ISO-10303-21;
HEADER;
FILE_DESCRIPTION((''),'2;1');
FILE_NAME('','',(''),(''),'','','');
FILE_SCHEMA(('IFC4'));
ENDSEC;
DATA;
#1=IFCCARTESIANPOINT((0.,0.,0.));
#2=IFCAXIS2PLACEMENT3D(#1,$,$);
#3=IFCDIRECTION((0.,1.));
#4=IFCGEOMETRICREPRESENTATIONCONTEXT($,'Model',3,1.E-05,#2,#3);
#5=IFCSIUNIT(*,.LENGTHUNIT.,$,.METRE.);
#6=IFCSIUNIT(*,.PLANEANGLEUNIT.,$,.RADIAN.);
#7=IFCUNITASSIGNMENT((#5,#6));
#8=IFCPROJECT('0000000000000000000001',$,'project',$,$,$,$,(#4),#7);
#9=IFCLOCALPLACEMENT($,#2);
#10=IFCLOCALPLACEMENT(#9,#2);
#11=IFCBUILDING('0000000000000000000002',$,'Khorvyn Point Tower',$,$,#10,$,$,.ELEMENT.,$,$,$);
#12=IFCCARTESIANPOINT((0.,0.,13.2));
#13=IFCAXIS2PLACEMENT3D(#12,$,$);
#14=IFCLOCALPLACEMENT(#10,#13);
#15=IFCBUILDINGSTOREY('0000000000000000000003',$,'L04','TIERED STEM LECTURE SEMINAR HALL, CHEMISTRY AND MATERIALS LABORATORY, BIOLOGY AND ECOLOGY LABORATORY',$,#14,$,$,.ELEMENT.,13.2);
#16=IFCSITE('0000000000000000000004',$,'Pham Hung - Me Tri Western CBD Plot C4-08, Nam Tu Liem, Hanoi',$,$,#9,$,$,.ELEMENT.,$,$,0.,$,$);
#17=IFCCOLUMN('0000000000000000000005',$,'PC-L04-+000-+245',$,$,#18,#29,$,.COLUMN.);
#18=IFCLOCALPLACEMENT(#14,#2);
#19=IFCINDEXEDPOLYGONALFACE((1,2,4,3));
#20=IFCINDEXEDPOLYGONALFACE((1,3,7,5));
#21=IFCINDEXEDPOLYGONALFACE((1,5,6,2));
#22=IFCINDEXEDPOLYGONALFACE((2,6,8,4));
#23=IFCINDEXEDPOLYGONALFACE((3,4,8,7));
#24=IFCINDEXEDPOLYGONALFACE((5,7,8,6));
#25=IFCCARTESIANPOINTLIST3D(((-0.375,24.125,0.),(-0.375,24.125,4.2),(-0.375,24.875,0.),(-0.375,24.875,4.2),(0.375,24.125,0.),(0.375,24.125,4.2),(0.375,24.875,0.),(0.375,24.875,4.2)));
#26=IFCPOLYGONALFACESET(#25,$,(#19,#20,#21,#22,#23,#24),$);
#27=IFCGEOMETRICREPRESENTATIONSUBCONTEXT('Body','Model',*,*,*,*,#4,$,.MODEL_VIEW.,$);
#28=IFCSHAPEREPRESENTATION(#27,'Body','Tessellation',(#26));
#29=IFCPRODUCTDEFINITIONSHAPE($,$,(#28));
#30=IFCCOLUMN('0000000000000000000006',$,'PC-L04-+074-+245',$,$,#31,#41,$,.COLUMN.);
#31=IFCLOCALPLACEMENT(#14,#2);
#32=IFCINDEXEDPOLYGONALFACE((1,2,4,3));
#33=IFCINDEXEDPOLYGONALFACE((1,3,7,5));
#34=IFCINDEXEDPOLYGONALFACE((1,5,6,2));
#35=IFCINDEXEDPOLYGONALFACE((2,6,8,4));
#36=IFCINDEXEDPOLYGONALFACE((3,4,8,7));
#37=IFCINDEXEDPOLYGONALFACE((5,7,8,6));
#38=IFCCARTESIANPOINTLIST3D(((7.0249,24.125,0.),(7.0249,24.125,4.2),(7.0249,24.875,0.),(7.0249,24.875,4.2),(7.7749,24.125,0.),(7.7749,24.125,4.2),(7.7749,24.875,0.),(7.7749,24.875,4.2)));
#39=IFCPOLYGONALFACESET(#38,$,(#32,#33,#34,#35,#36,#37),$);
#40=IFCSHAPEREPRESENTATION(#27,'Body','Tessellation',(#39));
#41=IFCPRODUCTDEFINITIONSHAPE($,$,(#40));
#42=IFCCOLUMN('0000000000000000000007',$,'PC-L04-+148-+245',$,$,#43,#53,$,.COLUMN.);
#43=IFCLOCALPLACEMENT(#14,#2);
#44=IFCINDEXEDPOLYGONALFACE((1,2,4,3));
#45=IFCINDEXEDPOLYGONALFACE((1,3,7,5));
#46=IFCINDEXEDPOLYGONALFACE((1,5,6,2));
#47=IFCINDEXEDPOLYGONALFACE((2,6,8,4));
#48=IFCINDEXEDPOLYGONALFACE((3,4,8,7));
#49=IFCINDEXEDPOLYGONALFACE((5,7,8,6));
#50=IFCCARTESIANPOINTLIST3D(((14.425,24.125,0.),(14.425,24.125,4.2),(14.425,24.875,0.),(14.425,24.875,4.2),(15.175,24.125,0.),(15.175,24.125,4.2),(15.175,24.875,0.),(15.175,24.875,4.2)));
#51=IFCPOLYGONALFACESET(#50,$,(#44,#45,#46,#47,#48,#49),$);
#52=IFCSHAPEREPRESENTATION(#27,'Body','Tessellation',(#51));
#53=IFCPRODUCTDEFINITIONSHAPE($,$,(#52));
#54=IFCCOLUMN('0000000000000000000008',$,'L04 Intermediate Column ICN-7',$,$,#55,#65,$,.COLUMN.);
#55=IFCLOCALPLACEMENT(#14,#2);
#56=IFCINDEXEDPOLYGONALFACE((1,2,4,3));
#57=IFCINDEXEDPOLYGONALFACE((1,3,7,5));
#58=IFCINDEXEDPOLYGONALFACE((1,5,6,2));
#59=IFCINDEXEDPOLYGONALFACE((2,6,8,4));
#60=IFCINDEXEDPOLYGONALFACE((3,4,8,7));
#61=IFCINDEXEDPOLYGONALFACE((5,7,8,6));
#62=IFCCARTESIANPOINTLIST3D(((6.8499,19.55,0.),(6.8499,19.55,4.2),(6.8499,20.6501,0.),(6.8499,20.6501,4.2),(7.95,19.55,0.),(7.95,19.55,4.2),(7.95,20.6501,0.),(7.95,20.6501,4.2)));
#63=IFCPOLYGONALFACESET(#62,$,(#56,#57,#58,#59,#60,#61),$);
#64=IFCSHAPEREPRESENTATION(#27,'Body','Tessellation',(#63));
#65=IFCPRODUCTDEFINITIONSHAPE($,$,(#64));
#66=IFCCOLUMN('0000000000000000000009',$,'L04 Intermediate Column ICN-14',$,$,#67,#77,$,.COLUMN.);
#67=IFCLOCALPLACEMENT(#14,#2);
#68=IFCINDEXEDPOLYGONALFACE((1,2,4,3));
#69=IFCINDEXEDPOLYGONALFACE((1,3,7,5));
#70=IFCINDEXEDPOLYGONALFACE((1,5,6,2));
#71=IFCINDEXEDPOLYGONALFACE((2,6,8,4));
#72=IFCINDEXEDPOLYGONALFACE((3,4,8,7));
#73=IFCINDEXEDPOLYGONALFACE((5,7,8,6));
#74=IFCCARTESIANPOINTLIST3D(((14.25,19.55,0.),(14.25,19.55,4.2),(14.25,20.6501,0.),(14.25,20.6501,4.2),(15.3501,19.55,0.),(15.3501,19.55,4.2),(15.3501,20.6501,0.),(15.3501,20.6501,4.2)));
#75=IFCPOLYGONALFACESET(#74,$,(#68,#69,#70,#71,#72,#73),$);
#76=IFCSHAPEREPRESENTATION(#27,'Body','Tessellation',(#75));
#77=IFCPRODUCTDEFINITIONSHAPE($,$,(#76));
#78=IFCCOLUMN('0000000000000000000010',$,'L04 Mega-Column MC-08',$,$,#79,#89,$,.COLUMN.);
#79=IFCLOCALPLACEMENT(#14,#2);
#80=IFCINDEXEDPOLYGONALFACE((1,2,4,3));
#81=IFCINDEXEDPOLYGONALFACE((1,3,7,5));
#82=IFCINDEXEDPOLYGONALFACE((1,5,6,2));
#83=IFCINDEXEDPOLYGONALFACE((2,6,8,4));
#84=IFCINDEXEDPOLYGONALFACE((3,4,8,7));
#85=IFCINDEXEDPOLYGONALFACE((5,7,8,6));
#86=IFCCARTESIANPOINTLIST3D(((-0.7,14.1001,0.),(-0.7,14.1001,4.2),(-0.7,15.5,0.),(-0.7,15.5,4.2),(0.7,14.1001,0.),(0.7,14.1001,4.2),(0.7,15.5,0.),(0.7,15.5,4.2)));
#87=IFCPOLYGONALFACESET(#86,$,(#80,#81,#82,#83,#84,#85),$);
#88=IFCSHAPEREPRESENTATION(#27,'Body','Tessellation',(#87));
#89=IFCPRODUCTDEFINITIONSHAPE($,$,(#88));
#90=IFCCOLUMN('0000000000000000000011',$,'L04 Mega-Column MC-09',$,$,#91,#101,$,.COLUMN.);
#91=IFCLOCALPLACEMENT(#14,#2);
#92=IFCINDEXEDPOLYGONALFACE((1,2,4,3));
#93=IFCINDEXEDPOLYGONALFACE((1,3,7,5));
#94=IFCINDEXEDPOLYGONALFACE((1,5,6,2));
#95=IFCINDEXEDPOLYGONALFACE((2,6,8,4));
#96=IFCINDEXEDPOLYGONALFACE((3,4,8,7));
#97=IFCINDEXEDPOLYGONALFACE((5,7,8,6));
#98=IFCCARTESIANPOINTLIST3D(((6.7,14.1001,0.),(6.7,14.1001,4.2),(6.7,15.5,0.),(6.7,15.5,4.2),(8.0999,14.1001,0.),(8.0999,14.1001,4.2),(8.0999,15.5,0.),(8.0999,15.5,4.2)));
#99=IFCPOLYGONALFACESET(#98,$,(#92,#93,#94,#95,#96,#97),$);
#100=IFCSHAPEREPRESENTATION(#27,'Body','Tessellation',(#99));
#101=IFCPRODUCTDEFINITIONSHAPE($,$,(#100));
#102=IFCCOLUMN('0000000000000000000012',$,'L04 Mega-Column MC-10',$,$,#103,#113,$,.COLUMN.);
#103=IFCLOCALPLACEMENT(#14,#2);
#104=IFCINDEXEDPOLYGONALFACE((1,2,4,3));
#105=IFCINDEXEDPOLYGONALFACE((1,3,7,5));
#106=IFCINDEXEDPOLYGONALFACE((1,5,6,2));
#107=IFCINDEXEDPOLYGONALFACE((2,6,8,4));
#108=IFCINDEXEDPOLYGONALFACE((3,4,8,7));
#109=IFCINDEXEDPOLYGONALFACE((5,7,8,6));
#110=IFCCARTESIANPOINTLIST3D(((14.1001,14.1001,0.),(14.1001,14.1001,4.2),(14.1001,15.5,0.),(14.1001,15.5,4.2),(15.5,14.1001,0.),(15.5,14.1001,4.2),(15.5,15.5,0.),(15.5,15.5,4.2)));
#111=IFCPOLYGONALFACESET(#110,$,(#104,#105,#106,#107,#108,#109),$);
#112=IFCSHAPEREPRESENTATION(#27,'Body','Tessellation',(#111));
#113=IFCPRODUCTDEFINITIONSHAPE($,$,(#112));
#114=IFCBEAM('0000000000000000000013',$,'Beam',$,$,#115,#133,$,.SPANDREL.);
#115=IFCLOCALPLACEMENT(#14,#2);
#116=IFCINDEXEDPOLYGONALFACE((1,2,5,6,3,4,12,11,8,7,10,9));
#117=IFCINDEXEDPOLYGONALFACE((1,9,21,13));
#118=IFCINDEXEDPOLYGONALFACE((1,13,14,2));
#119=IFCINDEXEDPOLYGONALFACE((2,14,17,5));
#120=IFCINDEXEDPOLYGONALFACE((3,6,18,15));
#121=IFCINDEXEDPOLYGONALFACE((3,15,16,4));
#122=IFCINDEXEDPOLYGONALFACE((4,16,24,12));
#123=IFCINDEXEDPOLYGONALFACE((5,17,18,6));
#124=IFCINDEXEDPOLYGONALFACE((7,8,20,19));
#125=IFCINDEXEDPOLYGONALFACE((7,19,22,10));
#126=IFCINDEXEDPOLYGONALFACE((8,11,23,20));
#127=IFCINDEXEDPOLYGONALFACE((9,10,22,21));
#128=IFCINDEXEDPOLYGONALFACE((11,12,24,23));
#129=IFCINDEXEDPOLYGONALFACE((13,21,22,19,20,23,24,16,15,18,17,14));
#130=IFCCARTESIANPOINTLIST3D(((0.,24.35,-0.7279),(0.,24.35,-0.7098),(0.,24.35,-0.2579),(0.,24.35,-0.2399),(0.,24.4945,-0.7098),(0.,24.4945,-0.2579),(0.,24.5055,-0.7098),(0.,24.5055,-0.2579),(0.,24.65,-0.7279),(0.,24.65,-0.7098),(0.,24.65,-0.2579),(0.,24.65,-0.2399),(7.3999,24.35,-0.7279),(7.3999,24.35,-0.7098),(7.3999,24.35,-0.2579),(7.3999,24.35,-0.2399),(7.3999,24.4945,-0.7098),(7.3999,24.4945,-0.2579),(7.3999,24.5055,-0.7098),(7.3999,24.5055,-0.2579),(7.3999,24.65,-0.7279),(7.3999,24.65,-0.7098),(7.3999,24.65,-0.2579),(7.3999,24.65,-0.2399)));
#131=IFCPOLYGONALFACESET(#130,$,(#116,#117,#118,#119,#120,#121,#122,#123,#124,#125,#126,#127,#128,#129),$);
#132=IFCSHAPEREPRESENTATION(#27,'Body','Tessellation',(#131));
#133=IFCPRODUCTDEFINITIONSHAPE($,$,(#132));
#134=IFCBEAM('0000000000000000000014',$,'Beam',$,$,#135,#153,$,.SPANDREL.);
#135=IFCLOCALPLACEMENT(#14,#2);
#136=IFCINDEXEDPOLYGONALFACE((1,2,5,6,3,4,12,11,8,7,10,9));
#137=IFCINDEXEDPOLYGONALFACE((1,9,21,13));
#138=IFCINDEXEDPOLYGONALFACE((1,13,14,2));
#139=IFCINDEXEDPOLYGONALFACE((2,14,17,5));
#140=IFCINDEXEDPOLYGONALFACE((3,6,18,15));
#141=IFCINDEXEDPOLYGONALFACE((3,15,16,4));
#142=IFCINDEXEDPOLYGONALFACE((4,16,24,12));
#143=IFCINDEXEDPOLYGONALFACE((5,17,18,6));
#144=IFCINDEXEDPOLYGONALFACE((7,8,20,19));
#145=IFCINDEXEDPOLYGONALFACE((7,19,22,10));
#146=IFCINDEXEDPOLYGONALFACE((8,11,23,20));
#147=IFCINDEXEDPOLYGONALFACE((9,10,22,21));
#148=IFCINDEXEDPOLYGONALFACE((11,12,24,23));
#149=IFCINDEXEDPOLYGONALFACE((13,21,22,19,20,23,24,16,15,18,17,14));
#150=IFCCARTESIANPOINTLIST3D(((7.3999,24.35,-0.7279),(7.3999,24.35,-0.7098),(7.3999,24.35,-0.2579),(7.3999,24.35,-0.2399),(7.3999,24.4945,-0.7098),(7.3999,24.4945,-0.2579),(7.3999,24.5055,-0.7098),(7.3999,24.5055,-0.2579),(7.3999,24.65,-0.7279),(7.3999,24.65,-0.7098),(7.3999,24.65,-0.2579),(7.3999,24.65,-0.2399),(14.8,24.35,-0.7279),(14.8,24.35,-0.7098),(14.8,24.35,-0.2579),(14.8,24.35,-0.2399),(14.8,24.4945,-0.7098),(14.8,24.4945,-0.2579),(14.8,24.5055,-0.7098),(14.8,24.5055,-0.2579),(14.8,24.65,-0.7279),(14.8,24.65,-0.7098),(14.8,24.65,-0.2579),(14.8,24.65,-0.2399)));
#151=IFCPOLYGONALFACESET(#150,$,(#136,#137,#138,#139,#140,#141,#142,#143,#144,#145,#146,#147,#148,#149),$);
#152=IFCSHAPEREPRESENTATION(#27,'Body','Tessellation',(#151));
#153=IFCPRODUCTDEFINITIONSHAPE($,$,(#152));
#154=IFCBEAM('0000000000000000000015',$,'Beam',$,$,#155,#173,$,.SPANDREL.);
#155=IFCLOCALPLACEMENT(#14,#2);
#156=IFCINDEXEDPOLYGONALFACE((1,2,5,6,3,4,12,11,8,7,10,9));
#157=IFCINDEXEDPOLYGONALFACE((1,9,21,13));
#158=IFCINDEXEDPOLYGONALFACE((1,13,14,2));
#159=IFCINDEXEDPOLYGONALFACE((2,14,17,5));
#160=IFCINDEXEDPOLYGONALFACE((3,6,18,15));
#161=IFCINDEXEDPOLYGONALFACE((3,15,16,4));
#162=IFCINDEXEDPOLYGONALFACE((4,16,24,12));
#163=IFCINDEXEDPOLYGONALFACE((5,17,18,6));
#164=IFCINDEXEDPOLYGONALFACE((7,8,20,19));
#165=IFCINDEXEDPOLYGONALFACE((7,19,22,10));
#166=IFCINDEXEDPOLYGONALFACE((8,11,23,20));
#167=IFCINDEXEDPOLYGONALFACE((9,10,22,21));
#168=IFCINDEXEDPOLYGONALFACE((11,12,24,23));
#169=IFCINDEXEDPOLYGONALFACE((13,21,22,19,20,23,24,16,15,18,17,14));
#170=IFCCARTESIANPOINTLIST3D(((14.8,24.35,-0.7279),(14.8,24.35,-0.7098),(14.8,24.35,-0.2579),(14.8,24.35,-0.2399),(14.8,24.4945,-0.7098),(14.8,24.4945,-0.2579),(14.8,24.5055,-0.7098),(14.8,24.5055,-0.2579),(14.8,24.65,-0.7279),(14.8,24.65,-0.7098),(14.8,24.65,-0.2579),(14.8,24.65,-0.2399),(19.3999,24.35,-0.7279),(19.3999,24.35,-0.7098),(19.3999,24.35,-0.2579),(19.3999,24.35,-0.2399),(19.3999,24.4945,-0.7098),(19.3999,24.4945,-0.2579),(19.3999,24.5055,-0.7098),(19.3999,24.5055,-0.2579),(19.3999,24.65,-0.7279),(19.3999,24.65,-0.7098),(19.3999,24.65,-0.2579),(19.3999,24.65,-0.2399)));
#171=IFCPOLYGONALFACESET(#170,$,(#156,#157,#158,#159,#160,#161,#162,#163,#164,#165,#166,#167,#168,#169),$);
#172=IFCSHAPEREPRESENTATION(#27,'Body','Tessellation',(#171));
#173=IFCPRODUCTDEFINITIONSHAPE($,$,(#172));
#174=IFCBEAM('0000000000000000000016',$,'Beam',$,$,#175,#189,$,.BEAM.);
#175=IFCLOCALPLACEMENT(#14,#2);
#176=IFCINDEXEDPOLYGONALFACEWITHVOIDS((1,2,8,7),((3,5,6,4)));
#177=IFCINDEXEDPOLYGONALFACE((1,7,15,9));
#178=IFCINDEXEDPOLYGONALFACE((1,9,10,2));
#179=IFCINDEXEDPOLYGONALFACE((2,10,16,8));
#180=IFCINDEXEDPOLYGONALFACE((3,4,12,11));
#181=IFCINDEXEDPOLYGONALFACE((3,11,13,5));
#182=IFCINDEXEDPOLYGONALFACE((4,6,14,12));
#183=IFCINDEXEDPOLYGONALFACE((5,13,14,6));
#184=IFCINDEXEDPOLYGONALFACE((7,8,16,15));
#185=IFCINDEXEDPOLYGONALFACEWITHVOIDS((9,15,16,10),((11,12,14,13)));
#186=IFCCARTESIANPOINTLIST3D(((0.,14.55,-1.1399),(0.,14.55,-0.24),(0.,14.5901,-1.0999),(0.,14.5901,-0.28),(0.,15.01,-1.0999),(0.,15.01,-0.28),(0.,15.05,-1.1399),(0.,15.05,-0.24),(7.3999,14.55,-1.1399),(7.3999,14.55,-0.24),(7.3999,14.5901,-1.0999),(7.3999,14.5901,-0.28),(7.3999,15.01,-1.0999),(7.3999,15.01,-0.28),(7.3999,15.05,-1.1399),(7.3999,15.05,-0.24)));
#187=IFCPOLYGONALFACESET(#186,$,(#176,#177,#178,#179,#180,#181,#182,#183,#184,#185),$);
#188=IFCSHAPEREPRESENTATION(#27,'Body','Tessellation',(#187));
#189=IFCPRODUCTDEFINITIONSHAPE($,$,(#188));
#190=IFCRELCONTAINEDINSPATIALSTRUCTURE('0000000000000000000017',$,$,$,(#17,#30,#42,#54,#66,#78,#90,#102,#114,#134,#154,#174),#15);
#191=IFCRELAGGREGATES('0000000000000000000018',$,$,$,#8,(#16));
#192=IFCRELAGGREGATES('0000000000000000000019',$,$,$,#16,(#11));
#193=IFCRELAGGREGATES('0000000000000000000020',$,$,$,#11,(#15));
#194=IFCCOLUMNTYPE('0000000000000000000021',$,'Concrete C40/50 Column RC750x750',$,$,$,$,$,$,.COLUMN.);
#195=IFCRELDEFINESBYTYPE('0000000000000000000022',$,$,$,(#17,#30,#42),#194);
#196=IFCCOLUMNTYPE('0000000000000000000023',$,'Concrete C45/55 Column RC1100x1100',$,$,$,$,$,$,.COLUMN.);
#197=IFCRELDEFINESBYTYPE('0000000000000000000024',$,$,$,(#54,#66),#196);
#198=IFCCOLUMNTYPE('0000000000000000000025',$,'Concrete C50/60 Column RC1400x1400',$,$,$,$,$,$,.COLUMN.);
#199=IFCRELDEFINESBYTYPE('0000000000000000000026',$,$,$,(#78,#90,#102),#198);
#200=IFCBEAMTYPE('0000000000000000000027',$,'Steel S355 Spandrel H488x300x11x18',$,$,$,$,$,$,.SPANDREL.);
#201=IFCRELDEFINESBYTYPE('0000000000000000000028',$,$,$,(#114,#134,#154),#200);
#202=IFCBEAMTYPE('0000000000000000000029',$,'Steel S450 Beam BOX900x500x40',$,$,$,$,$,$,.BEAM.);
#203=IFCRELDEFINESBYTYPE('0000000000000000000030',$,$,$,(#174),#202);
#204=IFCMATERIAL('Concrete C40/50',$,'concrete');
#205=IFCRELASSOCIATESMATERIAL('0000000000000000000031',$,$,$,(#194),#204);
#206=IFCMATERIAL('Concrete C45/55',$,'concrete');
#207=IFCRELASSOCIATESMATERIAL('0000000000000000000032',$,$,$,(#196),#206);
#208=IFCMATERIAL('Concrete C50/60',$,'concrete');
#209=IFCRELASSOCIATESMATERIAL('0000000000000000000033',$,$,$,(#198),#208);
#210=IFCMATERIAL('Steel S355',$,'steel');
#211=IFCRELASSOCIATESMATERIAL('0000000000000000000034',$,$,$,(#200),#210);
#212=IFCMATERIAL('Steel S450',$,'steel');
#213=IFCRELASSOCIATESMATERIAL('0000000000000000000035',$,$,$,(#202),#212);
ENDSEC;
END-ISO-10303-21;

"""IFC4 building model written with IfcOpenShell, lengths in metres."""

from ifc_helpers import new_model, si_unit, direction, frame, origin, origin_2d, place, context, subcontext, project, spatial, rectangle, hollow_rectangle, i_section, extrude, material, material_profile, profile_set, type_object, element, save


model = new_model("IFC4")

# Units and contexts
model_context = context("Model", 3, precision=1e-05, world=origin(), true_north=direction((0.0, 1.0)))
body_context = subcontext(model_context, "Body", "Model", "MODEL_VIEW")
ifc_project = project(units=[si_unit("LENGTHUNIT", "METRE"), si_unit("PLANEANGLEUNIT", "RADIAN")], contexts=[model_context])

# Site, building, storey
site_placement = place(None, origin())
site = spatial("IfcSite", under=ifc_project, at=site_placement, Name="Pham Hung - Me Tri Western CBD Plot C4-08, Nam Tu Liem, Hanoi", CompositionType="ELEMENT", RefElevation=0.0)
building_placement = place(site_placement, origin())
building = spatial("IfcBuilding", under=site, at=building_placement, Name="Khorvyn Point Tower", CompositionType="ELEMENT")
storey_placement = place(building_placement, frame((0.0, 0.0, 13.2)))
storey = spatial("IfcBuildingStorey", under=building, at=storey_placement, Name="L04", Description="TIERED STEM LECTURE SEMINAR HALL, CHEMISTRY AND MATERIALS LABORATORY, BIOLOGY AND ECOLOGY LABORATORY", CompositionType="ELEMENT", Elevation=13.2)

# Columns
ifc_material_1 = material(Name="Concrete C40/50", Category="concrete")
ifc_material_profile_1 = material_profile(ifc_material_1, rectangle(XDim=0.75, YDim=0.75, at=origin_2d()))
ifc_profile_set_1 = profile_set([ifc_material_profile_1], Name="Concrete C40/50 RC750x750")
column_type_1 = type_object("IfcColumnType", Name="Concrete C40/50 Column RC750x750", PredefinedType="COLUMN", material=ifc_profile_set_1)
for number, where, z_axis, x_axis, name in (
    (1, (0.0, 24.5, 0.0), (0.0, 0.0, 1.0), (1.0, 0.0, 0.0), "PC-L04-+000-+245"),
    (2, (7.3999, 24.5, 0.0), (0.0, 0.0, 1.0), (1.0, 0.0, 0.0), "PC-L04-+074-+245"),
    (3, (14.8, 24.5, 0.0), (0.0, 0.0, 1.0), (1.0, 0.0, 0.0), "PC-L04-+148-+245"),
):
    element("IfcColumn", number, at=place(storey_placement, frame(where, z_axis=z_axis, x_axis=x_axis)), inside=storey, type_object=column_type_1, Name=name, PredefinedType="COLUMN", context=body_context, shape_type="SweptSolid", body=[
        extrude(rectangle(XDim=0.75, YDim=0.75, at=origin_2d()), origin(), (0.0, 0.0, 1.0), 4.2),
    ])
ifc_material_2 = material(Name="Concrete C45/55", Category="concrete")
ifc_material_profile_2 = material_profile(ifc_material_2, rectangle(XDim=1.1001, YDim=1.1001, at=origin_2d()))
ifc_profile_set_2 = profile_set([ifc_material_profile_2], Name="Concrete C45/55 RC1100x1100")
column_type_2 = type_object("IfcColumnType", Name="Concrete C45/55 Column RC1100x1100", PredefinedType="COLUMN", material=ifc_profile_set_2)
for number, where, z_axis, x_axis, name in (
    (4, (7.3999, 20.1001, 0.0), (0.0, 0.0, 1.0), (1.0, 0.0, 0.0), "L04 Intermediate Column ICN-7"),
    (5, (14.8, 20.1001, 0.0), (0.0, 0.0, 1.0), (1.0, 0.0, 0.0), "L04 Intermediate Column ICN-14"),
):
    element("IfcColumn", number, at=place(storey_placement, frame(where, z_axis=z_axis, x_axis=x_axis)), inside=storey, type_object=column_type_2, Name=name, PredefinedType="COLUMN", context=body_context, shape_type="SweptSolid", body=[
        extrude(rectangle(XDim=1.1001, YDim=1.1001, at=origin_2d()), origin(), (0.0, 0.0, 1.0), 4.2),
    ])
ifc_material_3 = material(Name="Concrete C50/60", Category="concrete")
ifc_material_profile_3 = material_profile(ifc_material_3, rectangle(XDim=1.3999, YDim=1.3999, at=origin_2d()))
ifc_profile_set_3 = profile_set([ifc_material_profile_3], Name="Concrete C50/60 RC1400x1400")
column_type_3 = type_object("IfcColumnType", Name="Concrete C50/60 Column RC1400x1400", PredefinedType="COLUMN", material=ifc_profile_set_3)
for number, where, z_axis, x_axis, name in (
    (6, (0.0, 14.8, 0.0), (0.0, 0.0, 1.0), (1.0, 0.0, 0.0), "L04 Mega-Column MC-08"),
    (7, (7.3999, 14.8, 0.0), (0.0, 0.0, 1.0), (1.0, 0.0, 0.0), "L04 Mega-Column MC-09"),
    (8, (14.8, 14.8, 0.0), (0.0, 0.0, 1.0), (1.0, 0.0, 0.0), "L04 Mega-Column MC-10"),
):
    element("IfcColumn", number, at=place(storey_placement, frame(where, z_axis=z_axis, x_axis=x_axis)), inside=storey, type_object=column_type_3, Name=name, PredefinedType="COLUMN", context=body_context, shape_type="SweptSolid", body=[
        extrude(rectangle(XDim=1.3999, YDim=1.3999, at=origin_2d()), origin(), (0.0, 0.0, 1.0), 4.2),
    ])

# Beams
ifc_material_4 = material(Name="Steel S355", Category="steel")
ifc_material_profile_4 = material_profile(ifc_material_4, i_section(OverallWidth=0.3, OverallDepth=0.488, WebThickness=0.011, FlangeThickness=0.0181, at=origin_2d()))
ifc_profile_set_4 = profile_set([ifc_material_profile_4], Name="Steel S355 H488x300x11x18")
beam_type_1 = type_object("IfcBeamType", Name="Steel S355 Spandrel H488x300x11x18", PredefinedType="SPANDREL", material=ifc_profile_set_4)
beam_1_placement = place(storey_placement, frame((0.0, 24.5, -0.4839), z_axis=(1.0, 0.0, 0.0), x_axis=(0.0, 1.0, 0.0)))
element("IfcBeam", 9, at=beam_1_placement, inside=storey, type_object=beam_type_1, Name="Beam", PredefinedType="SPANDREL", context=body_context, shape_type="SweptSolid", body=[
    extrude(i_section(OverallWidth=0.3, OverallDepth=0.488, WebThickness=0.011, FlangeThickness=0.0181, at=origin_2d()), origin(), (0.0, 0.0, 1.0), 7.3999),
])
beam_2_placement = place(storey_placement, frame((7.3999, 24.5, -0.4839), z_axis=(1.0, 0.0, 0.0), x_axis=(0.0, 1.0, 0.0)))
element("IfcBeam", 10, at=beam_2_placement, inside=storey, type_object=beam_type_1, Name="Beam", PredefinedType="SPANDREL", context=body_context, shape_type="SweptSolid", body=[
    extrude(i_section(OverallWidth=0.3, OverallDepth=0.488, WebThickness=0.011, FlangeThickness=0.0181, at=origin_2d()), origin(), (0.0, 0.0, 1.0), 7.4001),
])
beam_3_placement = place(storey_placement, frame((14.8, 24.5, -0.4839), z_axis=(1.0, 0.0, 0.0), x_axis=(0.0, 1.0, 0.0)))
element("IfcBeam", 11, at=beam_3_placement, inside=storey, type_object=beam_type_1, Name="Beam", PredefinedType="SPANDREL", context=body_context, shape_type="SweptSolid", body=[
    extrude(i_section(OverallWidth=0.3, OverallDepth=0.488, WebThickness=0.011, FlangeThickness=0.0181, at=origin_2d()), origin(), (0.0, 0.0, 1.0), 4.5999),
])
ifc_material_5 = material(Name="Steel S450", Category="steel")
ifc_material_profile_5 = material_profile(ifc_material_5, hollow_rectangle(XDim=0.5, YDim=0.8999, WallThickness=0.04, at=origin_2d()))
ifc_profile_set_5 = profile_set([ifc_material_profile_5], Name="Steel S450 BOX900x500x40")
beam_type_2 = type_object("IfcBeamType", Name="Steel S450 Beam BOX900x500x40", PredefinedType="BEAM", material=ifc_profile_set_5)
beam_4_placement = place(storey_placement, frame((0.0, 14.8, -0.6899), z_axis=(1.0, 0.0, 0.0), x_axis=(0.0, 1.0, 0.0)))
element("IfcBeam", 12, at=beam_4_placement, inside=storey, type_object=beam_type_2, Name="Beam", PredefinedType="BEAM", context=body_context, shape_type="SweptSolid", body=[
    extrude(hollow_rectangle(XDim=0.5, YDim=0.8999, WallThickness=0.04, at=origin_2d()), origin(), (0.0, 0.0, 1.0), 7.3999),
])

save(model, "model.ifc")
